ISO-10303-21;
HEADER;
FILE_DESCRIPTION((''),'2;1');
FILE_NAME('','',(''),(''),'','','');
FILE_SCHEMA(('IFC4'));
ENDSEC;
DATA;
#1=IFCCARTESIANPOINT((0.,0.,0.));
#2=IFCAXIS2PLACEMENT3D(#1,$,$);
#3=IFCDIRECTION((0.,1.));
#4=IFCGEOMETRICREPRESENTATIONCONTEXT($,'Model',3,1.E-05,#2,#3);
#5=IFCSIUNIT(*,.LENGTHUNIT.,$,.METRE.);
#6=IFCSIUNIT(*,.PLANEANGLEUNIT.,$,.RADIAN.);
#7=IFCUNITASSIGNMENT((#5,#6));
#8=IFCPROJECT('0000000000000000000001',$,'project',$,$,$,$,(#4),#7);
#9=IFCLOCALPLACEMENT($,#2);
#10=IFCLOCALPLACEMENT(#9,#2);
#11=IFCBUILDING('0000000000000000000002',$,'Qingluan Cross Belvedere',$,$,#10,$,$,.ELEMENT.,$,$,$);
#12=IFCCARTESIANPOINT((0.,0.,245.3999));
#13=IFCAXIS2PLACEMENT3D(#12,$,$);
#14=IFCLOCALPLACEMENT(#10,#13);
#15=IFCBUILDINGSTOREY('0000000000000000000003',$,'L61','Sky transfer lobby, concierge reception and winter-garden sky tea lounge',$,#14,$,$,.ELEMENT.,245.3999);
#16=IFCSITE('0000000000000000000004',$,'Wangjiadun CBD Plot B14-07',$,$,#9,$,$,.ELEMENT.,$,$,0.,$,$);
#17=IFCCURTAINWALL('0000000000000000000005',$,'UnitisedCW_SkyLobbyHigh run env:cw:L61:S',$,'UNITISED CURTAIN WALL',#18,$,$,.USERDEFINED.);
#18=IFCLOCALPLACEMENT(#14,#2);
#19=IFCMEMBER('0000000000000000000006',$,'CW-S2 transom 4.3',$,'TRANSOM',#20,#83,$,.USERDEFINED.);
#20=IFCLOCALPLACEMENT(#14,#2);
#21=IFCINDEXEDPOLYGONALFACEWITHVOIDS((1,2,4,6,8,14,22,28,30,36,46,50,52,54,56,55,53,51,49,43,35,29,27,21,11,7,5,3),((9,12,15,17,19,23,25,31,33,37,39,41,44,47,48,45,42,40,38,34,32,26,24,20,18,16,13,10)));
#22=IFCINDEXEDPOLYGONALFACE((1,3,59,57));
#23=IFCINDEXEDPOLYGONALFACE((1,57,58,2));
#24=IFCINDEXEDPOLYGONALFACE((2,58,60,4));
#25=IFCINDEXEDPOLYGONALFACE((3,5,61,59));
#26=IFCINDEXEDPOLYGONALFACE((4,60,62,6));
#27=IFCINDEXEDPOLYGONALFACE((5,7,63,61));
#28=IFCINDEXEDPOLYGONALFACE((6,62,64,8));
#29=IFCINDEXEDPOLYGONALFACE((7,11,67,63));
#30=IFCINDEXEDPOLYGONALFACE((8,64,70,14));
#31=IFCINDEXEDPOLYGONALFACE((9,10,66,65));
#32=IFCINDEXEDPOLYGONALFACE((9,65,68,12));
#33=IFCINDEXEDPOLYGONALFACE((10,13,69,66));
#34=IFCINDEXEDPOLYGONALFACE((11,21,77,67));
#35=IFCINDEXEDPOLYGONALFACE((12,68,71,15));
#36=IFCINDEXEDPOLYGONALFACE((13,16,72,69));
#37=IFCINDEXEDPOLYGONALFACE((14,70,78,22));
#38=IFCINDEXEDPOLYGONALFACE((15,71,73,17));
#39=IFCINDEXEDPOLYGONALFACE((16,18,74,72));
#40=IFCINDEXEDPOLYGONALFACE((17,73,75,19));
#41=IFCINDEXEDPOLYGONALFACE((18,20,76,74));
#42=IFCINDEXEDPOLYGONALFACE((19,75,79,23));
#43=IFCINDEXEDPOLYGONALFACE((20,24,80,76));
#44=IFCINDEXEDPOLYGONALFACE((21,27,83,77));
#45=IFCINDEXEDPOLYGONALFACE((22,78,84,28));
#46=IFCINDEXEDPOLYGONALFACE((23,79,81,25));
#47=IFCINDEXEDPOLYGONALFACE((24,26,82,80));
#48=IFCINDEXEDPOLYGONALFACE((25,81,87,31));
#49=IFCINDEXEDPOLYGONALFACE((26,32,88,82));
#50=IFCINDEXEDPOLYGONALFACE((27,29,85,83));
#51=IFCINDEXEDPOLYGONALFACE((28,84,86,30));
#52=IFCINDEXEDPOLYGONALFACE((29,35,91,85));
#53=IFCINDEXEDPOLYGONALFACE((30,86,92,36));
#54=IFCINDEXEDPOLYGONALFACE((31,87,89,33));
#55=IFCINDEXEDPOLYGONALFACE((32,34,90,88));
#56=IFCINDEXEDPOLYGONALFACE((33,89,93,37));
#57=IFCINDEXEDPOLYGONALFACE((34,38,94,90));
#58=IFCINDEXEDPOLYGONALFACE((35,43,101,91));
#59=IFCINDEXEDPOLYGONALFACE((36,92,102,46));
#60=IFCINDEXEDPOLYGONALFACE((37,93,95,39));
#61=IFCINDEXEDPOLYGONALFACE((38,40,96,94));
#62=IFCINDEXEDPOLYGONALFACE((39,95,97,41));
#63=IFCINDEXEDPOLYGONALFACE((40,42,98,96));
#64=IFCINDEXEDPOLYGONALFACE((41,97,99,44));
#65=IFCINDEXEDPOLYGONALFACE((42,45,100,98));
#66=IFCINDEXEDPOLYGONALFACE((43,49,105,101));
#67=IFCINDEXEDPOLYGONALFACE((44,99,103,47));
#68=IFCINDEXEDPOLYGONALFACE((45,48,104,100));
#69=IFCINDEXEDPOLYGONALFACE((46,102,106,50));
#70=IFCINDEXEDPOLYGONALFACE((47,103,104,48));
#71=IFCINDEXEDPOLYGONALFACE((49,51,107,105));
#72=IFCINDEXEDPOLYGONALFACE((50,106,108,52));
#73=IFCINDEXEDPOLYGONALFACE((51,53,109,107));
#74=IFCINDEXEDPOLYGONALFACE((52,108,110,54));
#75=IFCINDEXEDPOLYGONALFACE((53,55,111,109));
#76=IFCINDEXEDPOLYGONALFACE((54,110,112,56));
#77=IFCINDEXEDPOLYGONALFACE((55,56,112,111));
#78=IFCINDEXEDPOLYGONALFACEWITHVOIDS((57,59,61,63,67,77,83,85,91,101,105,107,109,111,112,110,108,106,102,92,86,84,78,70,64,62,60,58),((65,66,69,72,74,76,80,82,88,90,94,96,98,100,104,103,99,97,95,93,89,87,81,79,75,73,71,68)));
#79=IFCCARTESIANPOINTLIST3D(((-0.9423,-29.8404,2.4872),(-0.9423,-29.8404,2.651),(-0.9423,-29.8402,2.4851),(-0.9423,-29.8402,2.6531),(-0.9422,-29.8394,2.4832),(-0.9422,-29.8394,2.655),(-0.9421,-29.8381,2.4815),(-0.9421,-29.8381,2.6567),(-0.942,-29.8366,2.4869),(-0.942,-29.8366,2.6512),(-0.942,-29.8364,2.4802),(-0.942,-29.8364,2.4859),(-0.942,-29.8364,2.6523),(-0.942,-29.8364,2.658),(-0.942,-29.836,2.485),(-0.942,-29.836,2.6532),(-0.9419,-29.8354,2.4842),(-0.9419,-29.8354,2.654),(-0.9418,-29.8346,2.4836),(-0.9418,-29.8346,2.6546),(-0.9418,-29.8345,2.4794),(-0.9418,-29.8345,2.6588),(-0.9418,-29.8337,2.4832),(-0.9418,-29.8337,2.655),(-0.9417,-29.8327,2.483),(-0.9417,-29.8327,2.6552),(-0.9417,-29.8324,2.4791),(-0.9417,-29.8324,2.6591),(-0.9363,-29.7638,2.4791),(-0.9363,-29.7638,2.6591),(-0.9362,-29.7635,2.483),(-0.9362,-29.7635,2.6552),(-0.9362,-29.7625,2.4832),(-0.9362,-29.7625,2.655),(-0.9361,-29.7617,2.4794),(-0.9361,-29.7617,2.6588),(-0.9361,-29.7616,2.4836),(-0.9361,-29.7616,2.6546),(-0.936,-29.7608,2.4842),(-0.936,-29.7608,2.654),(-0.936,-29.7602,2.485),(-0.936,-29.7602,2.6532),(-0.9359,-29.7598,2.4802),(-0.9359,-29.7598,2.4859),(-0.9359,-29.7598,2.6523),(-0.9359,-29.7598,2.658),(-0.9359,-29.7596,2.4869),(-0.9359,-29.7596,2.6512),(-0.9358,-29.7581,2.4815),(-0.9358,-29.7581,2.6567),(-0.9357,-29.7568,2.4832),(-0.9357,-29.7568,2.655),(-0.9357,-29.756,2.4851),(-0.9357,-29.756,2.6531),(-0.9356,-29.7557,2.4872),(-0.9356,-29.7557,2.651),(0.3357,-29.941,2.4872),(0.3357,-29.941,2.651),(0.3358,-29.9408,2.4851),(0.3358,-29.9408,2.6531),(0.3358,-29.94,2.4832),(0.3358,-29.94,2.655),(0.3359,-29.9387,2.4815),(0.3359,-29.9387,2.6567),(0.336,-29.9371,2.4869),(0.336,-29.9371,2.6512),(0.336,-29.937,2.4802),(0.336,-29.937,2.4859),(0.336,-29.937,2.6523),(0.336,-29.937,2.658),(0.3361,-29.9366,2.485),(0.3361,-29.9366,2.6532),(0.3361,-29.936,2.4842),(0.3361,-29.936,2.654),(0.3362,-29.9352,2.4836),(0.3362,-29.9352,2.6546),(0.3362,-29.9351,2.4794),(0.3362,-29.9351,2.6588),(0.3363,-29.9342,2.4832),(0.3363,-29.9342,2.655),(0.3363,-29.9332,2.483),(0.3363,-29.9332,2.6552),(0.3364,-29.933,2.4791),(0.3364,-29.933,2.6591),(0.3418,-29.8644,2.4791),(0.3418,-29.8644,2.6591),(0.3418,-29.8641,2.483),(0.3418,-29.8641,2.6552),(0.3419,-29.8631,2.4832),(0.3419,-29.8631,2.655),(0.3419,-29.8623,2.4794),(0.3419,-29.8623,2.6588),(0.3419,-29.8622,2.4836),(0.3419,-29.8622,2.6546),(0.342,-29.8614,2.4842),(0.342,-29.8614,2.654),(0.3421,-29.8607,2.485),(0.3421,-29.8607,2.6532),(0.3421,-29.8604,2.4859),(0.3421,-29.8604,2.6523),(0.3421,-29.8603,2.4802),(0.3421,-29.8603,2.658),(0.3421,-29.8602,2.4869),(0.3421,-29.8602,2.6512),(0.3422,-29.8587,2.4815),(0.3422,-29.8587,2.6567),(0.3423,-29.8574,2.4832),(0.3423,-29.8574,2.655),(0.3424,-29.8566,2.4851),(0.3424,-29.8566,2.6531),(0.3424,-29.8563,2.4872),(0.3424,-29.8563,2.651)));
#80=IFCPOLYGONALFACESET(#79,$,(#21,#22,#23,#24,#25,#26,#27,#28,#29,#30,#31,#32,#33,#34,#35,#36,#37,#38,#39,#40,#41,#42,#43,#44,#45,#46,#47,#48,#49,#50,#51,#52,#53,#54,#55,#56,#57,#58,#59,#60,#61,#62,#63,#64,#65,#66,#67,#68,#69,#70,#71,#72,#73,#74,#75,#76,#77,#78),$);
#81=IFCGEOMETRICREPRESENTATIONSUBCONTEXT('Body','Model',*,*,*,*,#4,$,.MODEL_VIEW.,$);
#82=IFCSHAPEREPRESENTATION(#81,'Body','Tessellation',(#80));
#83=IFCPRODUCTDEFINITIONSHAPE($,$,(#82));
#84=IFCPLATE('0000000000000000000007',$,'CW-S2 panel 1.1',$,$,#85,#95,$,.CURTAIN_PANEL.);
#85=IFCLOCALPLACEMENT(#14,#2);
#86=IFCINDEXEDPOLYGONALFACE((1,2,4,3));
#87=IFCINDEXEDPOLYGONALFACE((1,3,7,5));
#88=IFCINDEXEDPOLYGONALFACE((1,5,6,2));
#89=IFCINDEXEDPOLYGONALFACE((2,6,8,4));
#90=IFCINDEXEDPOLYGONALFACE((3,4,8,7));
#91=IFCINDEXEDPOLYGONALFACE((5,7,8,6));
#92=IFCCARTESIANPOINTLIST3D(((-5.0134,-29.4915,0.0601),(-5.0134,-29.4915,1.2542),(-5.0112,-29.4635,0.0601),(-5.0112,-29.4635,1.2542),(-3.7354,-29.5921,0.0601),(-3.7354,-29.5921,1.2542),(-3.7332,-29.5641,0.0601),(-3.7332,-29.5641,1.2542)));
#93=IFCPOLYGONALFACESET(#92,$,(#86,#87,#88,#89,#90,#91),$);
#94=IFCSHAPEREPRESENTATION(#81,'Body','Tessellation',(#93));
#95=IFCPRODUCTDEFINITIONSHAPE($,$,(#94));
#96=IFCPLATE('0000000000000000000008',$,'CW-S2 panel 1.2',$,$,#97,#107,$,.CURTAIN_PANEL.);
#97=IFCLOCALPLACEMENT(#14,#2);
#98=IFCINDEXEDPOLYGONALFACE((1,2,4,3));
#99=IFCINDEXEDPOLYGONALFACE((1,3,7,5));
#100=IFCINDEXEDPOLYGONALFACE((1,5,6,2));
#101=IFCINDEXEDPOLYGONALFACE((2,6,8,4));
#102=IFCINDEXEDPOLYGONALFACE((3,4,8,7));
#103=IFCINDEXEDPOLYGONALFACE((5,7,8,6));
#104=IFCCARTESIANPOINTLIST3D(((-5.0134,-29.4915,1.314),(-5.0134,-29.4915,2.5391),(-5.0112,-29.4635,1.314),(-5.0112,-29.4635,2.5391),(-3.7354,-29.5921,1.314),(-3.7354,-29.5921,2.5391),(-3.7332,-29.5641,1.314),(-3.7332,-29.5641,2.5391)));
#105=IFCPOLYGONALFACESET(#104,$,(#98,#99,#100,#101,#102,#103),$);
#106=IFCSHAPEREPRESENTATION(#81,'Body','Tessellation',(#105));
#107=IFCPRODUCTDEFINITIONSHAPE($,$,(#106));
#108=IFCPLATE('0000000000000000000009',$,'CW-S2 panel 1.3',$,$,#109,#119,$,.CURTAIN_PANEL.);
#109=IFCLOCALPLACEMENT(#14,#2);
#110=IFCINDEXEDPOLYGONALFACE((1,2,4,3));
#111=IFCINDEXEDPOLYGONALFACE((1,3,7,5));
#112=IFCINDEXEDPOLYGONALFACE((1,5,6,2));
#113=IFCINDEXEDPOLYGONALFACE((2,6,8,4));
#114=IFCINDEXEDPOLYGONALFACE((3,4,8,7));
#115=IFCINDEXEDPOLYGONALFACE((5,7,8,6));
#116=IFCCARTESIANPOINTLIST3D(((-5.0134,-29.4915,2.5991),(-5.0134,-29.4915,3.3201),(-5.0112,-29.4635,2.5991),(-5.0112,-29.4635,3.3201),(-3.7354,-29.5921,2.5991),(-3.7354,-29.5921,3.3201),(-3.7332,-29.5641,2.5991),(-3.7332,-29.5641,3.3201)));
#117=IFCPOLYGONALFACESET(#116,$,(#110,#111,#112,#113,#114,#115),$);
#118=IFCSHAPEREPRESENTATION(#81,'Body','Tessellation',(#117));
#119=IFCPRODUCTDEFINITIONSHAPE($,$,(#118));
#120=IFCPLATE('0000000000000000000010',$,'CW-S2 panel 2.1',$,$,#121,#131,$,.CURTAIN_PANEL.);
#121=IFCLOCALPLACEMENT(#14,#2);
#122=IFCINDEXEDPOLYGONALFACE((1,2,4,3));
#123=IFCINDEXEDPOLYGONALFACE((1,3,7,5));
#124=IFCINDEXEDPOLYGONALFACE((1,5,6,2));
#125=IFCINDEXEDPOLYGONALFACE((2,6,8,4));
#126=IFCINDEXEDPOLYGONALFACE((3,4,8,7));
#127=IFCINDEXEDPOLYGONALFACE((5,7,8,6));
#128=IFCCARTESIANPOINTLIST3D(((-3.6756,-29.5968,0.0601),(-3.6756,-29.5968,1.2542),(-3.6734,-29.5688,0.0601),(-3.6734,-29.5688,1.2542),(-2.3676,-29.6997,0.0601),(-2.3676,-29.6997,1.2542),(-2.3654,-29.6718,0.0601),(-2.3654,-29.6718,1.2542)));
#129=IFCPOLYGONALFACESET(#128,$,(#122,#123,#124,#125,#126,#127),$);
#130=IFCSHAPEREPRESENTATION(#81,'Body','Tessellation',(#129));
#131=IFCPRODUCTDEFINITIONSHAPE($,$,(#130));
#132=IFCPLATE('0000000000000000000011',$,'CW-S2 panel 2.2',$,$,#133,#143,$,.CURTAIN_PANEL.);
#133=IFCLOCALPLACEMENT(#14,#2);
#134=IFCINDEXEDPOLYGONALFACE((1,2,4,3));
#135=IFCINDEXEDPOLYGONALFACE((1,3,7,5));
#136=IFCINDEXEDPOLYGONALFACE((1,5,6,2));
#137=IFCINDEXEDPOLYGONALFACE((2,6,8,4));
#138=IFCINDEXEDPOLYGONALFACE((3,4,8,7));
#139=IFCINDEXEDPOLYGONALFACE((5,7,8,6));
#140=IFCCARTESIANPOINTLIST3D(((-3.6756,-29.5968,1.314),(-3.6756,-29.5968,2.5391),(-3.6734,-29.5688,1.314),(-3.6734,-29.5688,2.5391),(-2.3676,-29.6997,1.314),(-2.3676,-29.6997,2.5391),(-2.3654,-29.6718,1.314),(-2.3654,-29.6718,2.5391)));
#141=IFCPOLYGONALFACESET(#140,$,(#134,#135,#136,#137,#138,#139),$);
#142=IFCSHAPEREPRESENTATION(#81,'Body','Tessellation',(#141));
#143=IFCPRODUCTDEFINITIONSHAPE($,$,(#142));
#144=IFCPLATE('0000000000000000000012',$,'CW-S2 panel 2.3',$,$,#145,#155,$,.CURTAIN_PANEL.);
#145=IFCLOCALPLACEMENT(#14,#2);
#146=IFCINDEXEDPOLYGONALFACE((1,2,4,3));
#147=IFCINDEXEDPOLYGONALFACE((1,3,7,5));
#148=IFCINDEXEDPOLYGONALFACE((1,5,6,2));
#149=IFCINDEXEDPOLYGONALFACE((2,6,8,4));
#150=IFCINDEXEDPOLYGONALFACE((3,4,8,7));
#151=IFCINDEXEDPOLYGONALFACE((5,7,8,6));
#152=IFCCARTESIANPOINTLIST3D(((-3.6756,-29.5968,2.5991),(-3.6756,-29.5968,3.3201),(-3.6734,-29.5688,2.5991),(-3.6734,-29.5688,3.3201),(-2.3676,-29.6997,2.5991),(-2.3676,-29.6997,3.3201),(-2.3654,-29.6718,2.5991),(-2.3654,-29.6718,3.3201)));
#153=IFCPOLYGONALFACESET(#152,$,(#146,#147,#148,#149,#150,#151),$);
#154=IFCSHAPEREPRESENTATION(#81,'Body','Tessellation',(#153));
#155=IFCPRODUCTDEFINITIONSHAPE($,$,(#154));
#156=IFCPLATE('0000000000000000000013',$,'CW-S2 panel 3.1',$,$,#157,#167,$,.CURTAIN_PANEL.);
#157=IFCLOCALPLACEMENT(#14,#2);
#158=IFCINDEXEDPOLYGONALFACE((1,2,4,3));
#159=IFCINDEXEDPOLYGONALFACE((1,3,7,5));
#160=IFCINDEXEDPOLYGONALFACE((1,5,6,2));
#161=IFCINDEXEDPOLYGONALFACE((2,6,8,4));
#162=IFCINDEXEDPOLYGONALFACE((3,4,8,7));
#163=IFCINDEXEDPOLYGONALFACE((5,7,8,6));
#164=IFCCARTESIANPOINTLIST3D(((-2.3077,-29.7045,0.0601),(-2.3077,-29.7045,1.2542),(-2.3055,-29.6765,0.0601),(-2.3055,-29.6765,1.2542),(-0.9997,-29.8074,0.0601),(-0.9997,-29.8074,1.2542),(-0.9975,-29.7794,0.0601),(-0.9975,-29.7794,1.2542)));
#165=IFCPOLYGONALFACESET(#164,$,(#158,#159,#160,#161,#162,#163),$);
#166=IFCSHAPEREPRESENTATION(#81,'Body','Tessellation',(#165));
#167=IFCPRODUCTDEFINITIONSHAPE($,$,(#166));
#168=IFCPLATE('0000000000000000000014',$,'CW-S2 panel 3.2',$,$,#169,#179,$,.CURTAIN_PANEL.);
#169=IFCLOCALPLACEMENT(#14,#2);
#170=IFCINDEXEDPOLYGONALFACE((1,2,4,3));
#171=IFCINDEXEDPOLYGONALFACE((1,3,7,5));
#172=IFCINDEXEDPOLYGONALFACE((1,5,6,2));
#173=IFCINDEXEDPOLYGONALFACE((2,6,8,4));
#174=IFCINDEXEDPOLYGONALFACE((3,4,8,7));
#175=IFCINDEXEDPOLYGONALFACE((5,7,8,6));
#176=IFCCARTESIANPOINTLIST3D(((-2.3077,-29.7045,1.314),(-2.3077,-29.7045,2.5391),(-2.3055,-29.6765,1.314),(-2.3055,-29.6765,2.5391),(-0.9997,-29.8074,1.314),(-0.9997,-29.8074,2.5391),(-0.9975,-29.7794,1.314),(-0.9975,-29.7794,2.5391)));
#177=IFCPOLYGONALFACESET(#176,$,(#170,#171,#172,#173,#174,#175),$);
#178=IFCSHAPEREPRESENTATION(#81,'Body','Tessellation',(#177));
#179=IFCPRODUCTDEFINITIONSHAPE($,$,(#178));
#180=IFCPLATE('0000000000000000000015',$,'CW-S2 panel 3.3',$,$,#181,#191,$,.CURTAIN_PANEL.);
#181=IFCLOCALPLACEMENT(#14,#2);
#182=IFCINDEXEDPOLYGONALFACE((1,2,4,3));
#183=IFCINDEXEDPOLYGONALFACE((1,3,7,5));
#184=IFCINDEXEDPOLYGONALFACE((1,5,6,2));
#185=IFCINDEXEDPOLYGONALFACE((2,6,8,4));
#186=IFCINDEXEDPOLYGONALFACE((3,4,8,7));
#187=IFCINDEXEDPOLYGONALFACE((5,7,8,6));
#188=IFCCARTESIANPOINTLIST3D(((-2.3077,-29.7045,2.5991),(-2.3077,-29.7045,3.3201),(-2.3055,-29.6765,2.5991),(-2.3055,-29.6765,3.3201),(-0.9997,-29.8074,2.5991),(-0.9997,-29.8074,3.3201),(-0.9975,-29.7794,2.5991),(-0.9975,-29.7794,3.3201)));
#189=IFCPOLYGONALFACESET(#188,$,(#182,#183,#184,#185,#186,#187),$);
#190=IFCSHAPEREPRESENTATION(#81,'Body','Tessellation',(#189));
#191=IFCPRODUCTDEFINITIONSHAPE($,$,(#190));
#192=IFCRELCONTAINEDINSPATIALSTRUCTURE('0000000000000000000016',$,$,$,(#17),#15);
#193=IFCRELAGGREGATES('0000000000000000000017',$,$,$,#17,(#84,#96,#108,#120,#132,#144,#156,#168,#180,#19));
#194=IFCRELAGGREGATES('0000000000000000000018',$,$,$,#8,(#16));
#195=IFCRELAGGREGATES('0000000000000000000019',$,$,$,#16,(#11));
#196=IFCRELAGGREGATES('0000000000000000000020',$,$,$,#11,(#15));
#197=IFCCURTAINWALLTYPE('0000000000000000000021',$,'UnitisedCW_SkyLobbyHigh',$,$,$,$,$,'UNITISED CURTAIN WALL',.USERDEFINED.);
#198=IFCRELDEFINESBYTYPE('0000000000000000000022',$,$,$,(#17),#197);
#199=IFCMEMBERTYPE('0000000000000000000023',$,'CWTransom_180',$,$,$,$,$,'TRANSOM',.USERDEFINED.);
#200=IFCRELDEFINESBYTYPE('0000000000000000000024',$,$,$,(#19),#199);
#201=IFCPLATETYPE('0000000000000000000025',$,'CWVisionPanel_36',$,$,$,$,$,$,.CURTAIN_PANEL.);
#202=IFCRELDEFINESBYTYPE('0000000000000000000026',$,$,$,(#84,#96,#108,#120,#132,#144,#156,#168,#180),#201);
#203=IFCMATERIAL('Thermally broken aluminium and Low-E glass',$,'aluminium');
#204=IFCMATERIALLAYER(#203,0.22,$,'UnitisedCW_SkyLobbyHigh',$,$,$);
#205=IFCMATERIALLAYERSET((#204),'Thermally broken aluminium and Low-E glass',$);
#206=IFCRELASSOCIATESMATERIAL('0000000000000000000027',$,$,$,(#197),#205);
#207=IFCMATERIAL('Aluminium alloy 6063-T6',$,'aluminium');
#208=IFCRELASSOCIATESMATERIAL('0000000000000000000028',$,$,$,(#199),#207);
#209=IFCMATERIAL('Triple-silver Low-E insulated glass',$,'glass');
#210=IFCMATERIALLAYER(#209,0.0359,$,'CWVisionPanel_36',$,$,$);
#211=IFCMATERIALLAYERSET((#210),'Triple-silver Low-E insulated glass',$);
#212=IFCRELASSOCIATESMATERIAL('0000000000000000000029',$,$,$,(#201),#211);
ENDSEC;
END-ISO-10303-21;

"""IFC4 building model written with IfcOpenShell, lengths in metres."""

from ifc_helpers import new_model, si_unit, direction, frame, origin, origin_2d, place, context, subcontext, project, spatial, rectangle, hollow_rectangle, extrude, material, layer, layer_set, material_profile, profile_set, type_object, element, aggregate, save


model = new_model("IFC4")

# Units and contexts
model_context = context("Model", 3, precision=1e-05, world=origin(), true_north=direction((0.0, 1.0)))
body_context = subcontext(model_context, "Body", "Model", "MODEL_VIEW")
ifc_project = project(units=[si_unit("LENGTHUNIT", "METRE"), si_unit("PLANEANGLEUNIT", "RADIAN")], contexts=[model_context])

# Site, building, storey
site_placement = place(None, origin())
site = spatial("IfcSite", under=ifc_project, at=site_placement, Name="Wangjiadun CBD Plot B14-07", CompositionType="ELEMENT", RefElevation=0.0)
building_placement = place(site_placement, origin())
building = spatial("IfcBuilding", under=site, at=building_placement, Name="Qingluan Cross Belvedere", CompositionType="ELEMENT")
storey_placement = place(building_placement, frame((0.0, 0.0, 245.3999)))
storey = spatial("IfcBuildingStorey", under=building, at=storey_placement, Name="L61", Description="Sky transfer lobby, concierge reception and winter-garden sky tea lounge", CompositionType="ELEMENT", Elevation=245.3999)

# Curtain wall, member, plates
ifc_material_1 = material(Name="Thermally broken aluminium and Low-E glass", Category="aluminium")
ifc_layer_1 = layer(ifc_material_1, 0.22, Name="UnitisedCW_SkyLobbyHigh")
ifc_layer_set_1 = layer_set([ifc_layer_1], Name="Thermally broken aluminium and Low-E glass")
curtain_wall_type = type_object("IfcCurtainWallType", Name="UnitisedCW_SkyLobbyHigh", ElementType="UNITISED CURTAIN WALL", PredefinedType="USERDEFINED", material=ifc_layer_set_1)
curtain_wall_placement = place(storey_placement, origin())
curtain_wall = element("IfcCurtainWall", 1, at=curtain_wall_placement, inside=storey, type_object=curtain_wall_type, Name="UnitisedCW_SkyLobbyHigh run env:cw:L61:S", ObjectType="UNITISED CURTAIN WALL", PredefinedType="USERDEFINED")
ifc_material_2 = material(Name="Aluminium alloy 6063-T6", Category="aluminium")
ifc_material_profile_1 = material_profile(ifc_material_2, hollow_rectangle(XDim=0.085, YDim=0.1799, WallThickness=0.0039, InnerFilletRadius=0.0039, OuterFilletRadius=0.0081, at=origin_2d()), Name="CWT180x85x4")
ifc_profile_set_1 = profile_set([ifc_material_profile_1], Name="Aluminium alloy 6063-T6")
member_type_1 = type_object("IfcMemberType", Name="CWTransom_180", ElementType="TRANSOM", PredefinedType="USERDEFINED", material=ifc_profile_set_1)
member_1_placement = place(storey_placement, frame((-0.939, -29.7981, 2.5691), z_axis=(0.996917, -0.078458, 0.0), x_axis=(0.078458, 0.996917, 0.0)))
member_1 = element("IfcMember", 2, at=member_1_placement, type_object=member_type_1, Name="CW-S2 transom 4.3", ObjectType="TRANSOM", PredefinedType="USERDEFINED", context=body_context, shape_type="SweptSolid", body=[
    extrude(hollow_rectangle(XDim=0.085, YDim=0.1799, WallThickness=0.0039, InnerFilletRadius=0.0039, OuterFilletRadius=0.0081, at=origin_2d()), origin(), (0.0, 0.0, 1.0), 1.282),
])
ifc_material_3 = material(Name="Triple-silver Low-E insulated glass", Category="glass")
ifc_layer_2 = layer(ifc_material_3, 0.0359, Name="CWVisionPanel_36")
ifc_layer_set_2 = layer_set([ifc_layer_2], Name="Triple-silver Low-E insulated glass")
plate_type = type_object("IfcPlateType", Name="CWVisionPanel_36", PredefinedType="CURTAIN_PANEL", material=ifc_layer_set_2)
plate_1_placement = place(storey_placement, frame((-4.3733, -29.5278, 0.0601), z_axis=(0.0, 0.0, 1.0), x_axis=(0.996917, -0.078462, 0.0)))
plate_1 = element("IfcPlate", 3, at=plate_1_placement, type_object=plate_type, Name="CW-S2 panel 1.1", PredefinedType="CURTAIN_PANEL", context=body_context, shape_type="SweptSolid", body=[
    extrude(rectangle(XDim=1.282, YDim=0.0281, at=origin_2d()), origin(), (0.0, 0.0, 1.0), 1.1941),
])
plate_2_placement = place(storey_placement, frame((-4.3733, -29.5278, 1.314), z_axis=(0.0, 0.0, 1.0), x_axis=(0.996917, -0.078462, 0.0)))
plate_2 = element("IfcPlate", 4, at=plate_2_placement, type_object=plate_type, Name="CW-S2 panel 1.2", PredefinedType="CURTAIN_PANEL", context=body_context, shape_type="SweptSolid", body=[
    extrude(rectangle(XDim=1.282, YDim=0.0281, at=origin_2d()), origin(), (0.0, 0.0, 1.0), 1.2251),
])
plate_3_placement = place(storey_placement, frame((-4.3733, -29.5278, 2.5991), z_axis=(0.0, 0.0, 1.0), x_axis=(0.996917, -0.078462, 0.0)))
plate_3 = element("IfcPlate", 5, at=plate_3_placement, type_object=plate_type, Name="CW-S2 panel 1.3", PredefinedType="CURTAIN_PANEL", context=body_context, shape_type="SweptSolid", body=[
    extrude(rectangle(XDim=1.282, YDim=0.0281, at=origin_2d()), origin(), (0.0, 0.0, 1.0), 0.7209),
])
plate_4_placement = place(storey_placement, frame((-3.0205, -29.6343, 0.0601), z_axis=(0.0, 0.0, 1.0), x_axis=(0.996917, -0.078462, 0.0)))
plate_4 = element("IfcPlate", 6, at=plate_4_placement, type_object=plate_type, Name="CW-S2 panel 2.1", PredefinedType="CURTAIN_PANEL", context=body_context, shape_type="SweptSolid", body=[
    extrude(rectangle(XDim=1.312, YDim=0.0281, at=origin_2d()), origin(), (0.0, 0.0, 1.0), 1.1941),
])
plate_5_placement = place(storey_placement, frame((-3.0205, -29.6343, 1.314), z_axis=(0.0, 0.0, 1.0), x_axis=(0.996917, -0.078462, 0.0)))
plate_5 = element("IfcPlate", 7, at=plate_5_placement, type_object=plate_type, Name="CW-S2 panel 2.2", PredefinedType="CURTAIN_PANEL", context=body_context, shape_type="SweptSolid", body=[
    extrude(rectangle(XDim=1.312, YDim=0.0281, at=origin_2d()), origin(), (0.0, 0.0, 1.0), 1.2251),
])
plate_6_placement = place(storey_placement, frame((-3.0205, -29.6343, 2.5991), z_axis=(0.0, 0.0, 1.0), x_axis=(0.996917, -0.078462, 0.0)))
plate_6 = element("IfcPlate", 8, at=plate_6_placement, type_object=plate_type, Name="CW-S2 panel 2.3", PredefinedType="CURTAIN_PANEL", context=body_context, shape_type="SweptSolid", body=[
    extrude(rectangle(XDim=1.312, YDim=0.0281, at=origin_2d()), origin(), (0.0, 0.0, 1.0), 0.7209),
])
plate_7_placement = place(storey_placement, frame((-1.6526, -29.7419, 0.0601), z_axis=(0.0, 0.0, 1.0), x_axis=(0.996917, -0.078462, 0.0)))
plate_7 = element("IfcPlate", 9, at=plate_7_placement, type_object=plate_type, Name="CW-S2 panel 3.1", PredefinedType="CURTAIN_PANEL", context=body_context, shape_type="SweptSolid", body=[
    extrude(rectangle(XDim=1.312, YDim=0.0281, at=origin_2d()), origin(), (0.0, 0.0, 1.0), 1.1941),
])
plate_8_placement = place(storey_placement, frame((-1.6526, -29.7419, 1.314), z_axis=(0.0, 0.0, 1.0), x_axis=(0.996917, -0.078462, 0.0)))
plate_8 = element("IfcPlate", 10, at=plate_8_placement, type_object=plate_type, Name="CW-S2 panel 3.2", PredefinedType="CURTAIN_PANEL", context=body_context, shape_type="SweptSolid", body=[
    extrude(rectangle(XDim=1.312, YDim=0.0281, at=origin_2d()), origin(), (0.0, 0.0, 1.0), 1.2251),
])
plate_9_placement = place(storey_placement, frame((-1.6526, -29.7419, 2.5991), z_axis=(0.0, 0.0, 1.0), x_axis=(0.996917, -0.078462, 0.0)))
plate_9 = element("IfcPlate", 11, at=plate_9_placement, type_object=plate_type, Name="CW-S2 panel 3.3", PredefinedType="CURTAIN_PANEL", context=body_context, shape_type="SweptSolid", body=[
    extrude(rectangle(XDim=1.312, YDim=0.0281, at=origin_2d()), origin(), (0.0, 0.0, 1.0), 0.7209),
])
aggregate(curtain_wall, [plate_1, plate_2, plate_3, plate_4, plate_5, plate_6, plate_7, plate_8, plate_9, member_1])

save(model, "model.ifc")
